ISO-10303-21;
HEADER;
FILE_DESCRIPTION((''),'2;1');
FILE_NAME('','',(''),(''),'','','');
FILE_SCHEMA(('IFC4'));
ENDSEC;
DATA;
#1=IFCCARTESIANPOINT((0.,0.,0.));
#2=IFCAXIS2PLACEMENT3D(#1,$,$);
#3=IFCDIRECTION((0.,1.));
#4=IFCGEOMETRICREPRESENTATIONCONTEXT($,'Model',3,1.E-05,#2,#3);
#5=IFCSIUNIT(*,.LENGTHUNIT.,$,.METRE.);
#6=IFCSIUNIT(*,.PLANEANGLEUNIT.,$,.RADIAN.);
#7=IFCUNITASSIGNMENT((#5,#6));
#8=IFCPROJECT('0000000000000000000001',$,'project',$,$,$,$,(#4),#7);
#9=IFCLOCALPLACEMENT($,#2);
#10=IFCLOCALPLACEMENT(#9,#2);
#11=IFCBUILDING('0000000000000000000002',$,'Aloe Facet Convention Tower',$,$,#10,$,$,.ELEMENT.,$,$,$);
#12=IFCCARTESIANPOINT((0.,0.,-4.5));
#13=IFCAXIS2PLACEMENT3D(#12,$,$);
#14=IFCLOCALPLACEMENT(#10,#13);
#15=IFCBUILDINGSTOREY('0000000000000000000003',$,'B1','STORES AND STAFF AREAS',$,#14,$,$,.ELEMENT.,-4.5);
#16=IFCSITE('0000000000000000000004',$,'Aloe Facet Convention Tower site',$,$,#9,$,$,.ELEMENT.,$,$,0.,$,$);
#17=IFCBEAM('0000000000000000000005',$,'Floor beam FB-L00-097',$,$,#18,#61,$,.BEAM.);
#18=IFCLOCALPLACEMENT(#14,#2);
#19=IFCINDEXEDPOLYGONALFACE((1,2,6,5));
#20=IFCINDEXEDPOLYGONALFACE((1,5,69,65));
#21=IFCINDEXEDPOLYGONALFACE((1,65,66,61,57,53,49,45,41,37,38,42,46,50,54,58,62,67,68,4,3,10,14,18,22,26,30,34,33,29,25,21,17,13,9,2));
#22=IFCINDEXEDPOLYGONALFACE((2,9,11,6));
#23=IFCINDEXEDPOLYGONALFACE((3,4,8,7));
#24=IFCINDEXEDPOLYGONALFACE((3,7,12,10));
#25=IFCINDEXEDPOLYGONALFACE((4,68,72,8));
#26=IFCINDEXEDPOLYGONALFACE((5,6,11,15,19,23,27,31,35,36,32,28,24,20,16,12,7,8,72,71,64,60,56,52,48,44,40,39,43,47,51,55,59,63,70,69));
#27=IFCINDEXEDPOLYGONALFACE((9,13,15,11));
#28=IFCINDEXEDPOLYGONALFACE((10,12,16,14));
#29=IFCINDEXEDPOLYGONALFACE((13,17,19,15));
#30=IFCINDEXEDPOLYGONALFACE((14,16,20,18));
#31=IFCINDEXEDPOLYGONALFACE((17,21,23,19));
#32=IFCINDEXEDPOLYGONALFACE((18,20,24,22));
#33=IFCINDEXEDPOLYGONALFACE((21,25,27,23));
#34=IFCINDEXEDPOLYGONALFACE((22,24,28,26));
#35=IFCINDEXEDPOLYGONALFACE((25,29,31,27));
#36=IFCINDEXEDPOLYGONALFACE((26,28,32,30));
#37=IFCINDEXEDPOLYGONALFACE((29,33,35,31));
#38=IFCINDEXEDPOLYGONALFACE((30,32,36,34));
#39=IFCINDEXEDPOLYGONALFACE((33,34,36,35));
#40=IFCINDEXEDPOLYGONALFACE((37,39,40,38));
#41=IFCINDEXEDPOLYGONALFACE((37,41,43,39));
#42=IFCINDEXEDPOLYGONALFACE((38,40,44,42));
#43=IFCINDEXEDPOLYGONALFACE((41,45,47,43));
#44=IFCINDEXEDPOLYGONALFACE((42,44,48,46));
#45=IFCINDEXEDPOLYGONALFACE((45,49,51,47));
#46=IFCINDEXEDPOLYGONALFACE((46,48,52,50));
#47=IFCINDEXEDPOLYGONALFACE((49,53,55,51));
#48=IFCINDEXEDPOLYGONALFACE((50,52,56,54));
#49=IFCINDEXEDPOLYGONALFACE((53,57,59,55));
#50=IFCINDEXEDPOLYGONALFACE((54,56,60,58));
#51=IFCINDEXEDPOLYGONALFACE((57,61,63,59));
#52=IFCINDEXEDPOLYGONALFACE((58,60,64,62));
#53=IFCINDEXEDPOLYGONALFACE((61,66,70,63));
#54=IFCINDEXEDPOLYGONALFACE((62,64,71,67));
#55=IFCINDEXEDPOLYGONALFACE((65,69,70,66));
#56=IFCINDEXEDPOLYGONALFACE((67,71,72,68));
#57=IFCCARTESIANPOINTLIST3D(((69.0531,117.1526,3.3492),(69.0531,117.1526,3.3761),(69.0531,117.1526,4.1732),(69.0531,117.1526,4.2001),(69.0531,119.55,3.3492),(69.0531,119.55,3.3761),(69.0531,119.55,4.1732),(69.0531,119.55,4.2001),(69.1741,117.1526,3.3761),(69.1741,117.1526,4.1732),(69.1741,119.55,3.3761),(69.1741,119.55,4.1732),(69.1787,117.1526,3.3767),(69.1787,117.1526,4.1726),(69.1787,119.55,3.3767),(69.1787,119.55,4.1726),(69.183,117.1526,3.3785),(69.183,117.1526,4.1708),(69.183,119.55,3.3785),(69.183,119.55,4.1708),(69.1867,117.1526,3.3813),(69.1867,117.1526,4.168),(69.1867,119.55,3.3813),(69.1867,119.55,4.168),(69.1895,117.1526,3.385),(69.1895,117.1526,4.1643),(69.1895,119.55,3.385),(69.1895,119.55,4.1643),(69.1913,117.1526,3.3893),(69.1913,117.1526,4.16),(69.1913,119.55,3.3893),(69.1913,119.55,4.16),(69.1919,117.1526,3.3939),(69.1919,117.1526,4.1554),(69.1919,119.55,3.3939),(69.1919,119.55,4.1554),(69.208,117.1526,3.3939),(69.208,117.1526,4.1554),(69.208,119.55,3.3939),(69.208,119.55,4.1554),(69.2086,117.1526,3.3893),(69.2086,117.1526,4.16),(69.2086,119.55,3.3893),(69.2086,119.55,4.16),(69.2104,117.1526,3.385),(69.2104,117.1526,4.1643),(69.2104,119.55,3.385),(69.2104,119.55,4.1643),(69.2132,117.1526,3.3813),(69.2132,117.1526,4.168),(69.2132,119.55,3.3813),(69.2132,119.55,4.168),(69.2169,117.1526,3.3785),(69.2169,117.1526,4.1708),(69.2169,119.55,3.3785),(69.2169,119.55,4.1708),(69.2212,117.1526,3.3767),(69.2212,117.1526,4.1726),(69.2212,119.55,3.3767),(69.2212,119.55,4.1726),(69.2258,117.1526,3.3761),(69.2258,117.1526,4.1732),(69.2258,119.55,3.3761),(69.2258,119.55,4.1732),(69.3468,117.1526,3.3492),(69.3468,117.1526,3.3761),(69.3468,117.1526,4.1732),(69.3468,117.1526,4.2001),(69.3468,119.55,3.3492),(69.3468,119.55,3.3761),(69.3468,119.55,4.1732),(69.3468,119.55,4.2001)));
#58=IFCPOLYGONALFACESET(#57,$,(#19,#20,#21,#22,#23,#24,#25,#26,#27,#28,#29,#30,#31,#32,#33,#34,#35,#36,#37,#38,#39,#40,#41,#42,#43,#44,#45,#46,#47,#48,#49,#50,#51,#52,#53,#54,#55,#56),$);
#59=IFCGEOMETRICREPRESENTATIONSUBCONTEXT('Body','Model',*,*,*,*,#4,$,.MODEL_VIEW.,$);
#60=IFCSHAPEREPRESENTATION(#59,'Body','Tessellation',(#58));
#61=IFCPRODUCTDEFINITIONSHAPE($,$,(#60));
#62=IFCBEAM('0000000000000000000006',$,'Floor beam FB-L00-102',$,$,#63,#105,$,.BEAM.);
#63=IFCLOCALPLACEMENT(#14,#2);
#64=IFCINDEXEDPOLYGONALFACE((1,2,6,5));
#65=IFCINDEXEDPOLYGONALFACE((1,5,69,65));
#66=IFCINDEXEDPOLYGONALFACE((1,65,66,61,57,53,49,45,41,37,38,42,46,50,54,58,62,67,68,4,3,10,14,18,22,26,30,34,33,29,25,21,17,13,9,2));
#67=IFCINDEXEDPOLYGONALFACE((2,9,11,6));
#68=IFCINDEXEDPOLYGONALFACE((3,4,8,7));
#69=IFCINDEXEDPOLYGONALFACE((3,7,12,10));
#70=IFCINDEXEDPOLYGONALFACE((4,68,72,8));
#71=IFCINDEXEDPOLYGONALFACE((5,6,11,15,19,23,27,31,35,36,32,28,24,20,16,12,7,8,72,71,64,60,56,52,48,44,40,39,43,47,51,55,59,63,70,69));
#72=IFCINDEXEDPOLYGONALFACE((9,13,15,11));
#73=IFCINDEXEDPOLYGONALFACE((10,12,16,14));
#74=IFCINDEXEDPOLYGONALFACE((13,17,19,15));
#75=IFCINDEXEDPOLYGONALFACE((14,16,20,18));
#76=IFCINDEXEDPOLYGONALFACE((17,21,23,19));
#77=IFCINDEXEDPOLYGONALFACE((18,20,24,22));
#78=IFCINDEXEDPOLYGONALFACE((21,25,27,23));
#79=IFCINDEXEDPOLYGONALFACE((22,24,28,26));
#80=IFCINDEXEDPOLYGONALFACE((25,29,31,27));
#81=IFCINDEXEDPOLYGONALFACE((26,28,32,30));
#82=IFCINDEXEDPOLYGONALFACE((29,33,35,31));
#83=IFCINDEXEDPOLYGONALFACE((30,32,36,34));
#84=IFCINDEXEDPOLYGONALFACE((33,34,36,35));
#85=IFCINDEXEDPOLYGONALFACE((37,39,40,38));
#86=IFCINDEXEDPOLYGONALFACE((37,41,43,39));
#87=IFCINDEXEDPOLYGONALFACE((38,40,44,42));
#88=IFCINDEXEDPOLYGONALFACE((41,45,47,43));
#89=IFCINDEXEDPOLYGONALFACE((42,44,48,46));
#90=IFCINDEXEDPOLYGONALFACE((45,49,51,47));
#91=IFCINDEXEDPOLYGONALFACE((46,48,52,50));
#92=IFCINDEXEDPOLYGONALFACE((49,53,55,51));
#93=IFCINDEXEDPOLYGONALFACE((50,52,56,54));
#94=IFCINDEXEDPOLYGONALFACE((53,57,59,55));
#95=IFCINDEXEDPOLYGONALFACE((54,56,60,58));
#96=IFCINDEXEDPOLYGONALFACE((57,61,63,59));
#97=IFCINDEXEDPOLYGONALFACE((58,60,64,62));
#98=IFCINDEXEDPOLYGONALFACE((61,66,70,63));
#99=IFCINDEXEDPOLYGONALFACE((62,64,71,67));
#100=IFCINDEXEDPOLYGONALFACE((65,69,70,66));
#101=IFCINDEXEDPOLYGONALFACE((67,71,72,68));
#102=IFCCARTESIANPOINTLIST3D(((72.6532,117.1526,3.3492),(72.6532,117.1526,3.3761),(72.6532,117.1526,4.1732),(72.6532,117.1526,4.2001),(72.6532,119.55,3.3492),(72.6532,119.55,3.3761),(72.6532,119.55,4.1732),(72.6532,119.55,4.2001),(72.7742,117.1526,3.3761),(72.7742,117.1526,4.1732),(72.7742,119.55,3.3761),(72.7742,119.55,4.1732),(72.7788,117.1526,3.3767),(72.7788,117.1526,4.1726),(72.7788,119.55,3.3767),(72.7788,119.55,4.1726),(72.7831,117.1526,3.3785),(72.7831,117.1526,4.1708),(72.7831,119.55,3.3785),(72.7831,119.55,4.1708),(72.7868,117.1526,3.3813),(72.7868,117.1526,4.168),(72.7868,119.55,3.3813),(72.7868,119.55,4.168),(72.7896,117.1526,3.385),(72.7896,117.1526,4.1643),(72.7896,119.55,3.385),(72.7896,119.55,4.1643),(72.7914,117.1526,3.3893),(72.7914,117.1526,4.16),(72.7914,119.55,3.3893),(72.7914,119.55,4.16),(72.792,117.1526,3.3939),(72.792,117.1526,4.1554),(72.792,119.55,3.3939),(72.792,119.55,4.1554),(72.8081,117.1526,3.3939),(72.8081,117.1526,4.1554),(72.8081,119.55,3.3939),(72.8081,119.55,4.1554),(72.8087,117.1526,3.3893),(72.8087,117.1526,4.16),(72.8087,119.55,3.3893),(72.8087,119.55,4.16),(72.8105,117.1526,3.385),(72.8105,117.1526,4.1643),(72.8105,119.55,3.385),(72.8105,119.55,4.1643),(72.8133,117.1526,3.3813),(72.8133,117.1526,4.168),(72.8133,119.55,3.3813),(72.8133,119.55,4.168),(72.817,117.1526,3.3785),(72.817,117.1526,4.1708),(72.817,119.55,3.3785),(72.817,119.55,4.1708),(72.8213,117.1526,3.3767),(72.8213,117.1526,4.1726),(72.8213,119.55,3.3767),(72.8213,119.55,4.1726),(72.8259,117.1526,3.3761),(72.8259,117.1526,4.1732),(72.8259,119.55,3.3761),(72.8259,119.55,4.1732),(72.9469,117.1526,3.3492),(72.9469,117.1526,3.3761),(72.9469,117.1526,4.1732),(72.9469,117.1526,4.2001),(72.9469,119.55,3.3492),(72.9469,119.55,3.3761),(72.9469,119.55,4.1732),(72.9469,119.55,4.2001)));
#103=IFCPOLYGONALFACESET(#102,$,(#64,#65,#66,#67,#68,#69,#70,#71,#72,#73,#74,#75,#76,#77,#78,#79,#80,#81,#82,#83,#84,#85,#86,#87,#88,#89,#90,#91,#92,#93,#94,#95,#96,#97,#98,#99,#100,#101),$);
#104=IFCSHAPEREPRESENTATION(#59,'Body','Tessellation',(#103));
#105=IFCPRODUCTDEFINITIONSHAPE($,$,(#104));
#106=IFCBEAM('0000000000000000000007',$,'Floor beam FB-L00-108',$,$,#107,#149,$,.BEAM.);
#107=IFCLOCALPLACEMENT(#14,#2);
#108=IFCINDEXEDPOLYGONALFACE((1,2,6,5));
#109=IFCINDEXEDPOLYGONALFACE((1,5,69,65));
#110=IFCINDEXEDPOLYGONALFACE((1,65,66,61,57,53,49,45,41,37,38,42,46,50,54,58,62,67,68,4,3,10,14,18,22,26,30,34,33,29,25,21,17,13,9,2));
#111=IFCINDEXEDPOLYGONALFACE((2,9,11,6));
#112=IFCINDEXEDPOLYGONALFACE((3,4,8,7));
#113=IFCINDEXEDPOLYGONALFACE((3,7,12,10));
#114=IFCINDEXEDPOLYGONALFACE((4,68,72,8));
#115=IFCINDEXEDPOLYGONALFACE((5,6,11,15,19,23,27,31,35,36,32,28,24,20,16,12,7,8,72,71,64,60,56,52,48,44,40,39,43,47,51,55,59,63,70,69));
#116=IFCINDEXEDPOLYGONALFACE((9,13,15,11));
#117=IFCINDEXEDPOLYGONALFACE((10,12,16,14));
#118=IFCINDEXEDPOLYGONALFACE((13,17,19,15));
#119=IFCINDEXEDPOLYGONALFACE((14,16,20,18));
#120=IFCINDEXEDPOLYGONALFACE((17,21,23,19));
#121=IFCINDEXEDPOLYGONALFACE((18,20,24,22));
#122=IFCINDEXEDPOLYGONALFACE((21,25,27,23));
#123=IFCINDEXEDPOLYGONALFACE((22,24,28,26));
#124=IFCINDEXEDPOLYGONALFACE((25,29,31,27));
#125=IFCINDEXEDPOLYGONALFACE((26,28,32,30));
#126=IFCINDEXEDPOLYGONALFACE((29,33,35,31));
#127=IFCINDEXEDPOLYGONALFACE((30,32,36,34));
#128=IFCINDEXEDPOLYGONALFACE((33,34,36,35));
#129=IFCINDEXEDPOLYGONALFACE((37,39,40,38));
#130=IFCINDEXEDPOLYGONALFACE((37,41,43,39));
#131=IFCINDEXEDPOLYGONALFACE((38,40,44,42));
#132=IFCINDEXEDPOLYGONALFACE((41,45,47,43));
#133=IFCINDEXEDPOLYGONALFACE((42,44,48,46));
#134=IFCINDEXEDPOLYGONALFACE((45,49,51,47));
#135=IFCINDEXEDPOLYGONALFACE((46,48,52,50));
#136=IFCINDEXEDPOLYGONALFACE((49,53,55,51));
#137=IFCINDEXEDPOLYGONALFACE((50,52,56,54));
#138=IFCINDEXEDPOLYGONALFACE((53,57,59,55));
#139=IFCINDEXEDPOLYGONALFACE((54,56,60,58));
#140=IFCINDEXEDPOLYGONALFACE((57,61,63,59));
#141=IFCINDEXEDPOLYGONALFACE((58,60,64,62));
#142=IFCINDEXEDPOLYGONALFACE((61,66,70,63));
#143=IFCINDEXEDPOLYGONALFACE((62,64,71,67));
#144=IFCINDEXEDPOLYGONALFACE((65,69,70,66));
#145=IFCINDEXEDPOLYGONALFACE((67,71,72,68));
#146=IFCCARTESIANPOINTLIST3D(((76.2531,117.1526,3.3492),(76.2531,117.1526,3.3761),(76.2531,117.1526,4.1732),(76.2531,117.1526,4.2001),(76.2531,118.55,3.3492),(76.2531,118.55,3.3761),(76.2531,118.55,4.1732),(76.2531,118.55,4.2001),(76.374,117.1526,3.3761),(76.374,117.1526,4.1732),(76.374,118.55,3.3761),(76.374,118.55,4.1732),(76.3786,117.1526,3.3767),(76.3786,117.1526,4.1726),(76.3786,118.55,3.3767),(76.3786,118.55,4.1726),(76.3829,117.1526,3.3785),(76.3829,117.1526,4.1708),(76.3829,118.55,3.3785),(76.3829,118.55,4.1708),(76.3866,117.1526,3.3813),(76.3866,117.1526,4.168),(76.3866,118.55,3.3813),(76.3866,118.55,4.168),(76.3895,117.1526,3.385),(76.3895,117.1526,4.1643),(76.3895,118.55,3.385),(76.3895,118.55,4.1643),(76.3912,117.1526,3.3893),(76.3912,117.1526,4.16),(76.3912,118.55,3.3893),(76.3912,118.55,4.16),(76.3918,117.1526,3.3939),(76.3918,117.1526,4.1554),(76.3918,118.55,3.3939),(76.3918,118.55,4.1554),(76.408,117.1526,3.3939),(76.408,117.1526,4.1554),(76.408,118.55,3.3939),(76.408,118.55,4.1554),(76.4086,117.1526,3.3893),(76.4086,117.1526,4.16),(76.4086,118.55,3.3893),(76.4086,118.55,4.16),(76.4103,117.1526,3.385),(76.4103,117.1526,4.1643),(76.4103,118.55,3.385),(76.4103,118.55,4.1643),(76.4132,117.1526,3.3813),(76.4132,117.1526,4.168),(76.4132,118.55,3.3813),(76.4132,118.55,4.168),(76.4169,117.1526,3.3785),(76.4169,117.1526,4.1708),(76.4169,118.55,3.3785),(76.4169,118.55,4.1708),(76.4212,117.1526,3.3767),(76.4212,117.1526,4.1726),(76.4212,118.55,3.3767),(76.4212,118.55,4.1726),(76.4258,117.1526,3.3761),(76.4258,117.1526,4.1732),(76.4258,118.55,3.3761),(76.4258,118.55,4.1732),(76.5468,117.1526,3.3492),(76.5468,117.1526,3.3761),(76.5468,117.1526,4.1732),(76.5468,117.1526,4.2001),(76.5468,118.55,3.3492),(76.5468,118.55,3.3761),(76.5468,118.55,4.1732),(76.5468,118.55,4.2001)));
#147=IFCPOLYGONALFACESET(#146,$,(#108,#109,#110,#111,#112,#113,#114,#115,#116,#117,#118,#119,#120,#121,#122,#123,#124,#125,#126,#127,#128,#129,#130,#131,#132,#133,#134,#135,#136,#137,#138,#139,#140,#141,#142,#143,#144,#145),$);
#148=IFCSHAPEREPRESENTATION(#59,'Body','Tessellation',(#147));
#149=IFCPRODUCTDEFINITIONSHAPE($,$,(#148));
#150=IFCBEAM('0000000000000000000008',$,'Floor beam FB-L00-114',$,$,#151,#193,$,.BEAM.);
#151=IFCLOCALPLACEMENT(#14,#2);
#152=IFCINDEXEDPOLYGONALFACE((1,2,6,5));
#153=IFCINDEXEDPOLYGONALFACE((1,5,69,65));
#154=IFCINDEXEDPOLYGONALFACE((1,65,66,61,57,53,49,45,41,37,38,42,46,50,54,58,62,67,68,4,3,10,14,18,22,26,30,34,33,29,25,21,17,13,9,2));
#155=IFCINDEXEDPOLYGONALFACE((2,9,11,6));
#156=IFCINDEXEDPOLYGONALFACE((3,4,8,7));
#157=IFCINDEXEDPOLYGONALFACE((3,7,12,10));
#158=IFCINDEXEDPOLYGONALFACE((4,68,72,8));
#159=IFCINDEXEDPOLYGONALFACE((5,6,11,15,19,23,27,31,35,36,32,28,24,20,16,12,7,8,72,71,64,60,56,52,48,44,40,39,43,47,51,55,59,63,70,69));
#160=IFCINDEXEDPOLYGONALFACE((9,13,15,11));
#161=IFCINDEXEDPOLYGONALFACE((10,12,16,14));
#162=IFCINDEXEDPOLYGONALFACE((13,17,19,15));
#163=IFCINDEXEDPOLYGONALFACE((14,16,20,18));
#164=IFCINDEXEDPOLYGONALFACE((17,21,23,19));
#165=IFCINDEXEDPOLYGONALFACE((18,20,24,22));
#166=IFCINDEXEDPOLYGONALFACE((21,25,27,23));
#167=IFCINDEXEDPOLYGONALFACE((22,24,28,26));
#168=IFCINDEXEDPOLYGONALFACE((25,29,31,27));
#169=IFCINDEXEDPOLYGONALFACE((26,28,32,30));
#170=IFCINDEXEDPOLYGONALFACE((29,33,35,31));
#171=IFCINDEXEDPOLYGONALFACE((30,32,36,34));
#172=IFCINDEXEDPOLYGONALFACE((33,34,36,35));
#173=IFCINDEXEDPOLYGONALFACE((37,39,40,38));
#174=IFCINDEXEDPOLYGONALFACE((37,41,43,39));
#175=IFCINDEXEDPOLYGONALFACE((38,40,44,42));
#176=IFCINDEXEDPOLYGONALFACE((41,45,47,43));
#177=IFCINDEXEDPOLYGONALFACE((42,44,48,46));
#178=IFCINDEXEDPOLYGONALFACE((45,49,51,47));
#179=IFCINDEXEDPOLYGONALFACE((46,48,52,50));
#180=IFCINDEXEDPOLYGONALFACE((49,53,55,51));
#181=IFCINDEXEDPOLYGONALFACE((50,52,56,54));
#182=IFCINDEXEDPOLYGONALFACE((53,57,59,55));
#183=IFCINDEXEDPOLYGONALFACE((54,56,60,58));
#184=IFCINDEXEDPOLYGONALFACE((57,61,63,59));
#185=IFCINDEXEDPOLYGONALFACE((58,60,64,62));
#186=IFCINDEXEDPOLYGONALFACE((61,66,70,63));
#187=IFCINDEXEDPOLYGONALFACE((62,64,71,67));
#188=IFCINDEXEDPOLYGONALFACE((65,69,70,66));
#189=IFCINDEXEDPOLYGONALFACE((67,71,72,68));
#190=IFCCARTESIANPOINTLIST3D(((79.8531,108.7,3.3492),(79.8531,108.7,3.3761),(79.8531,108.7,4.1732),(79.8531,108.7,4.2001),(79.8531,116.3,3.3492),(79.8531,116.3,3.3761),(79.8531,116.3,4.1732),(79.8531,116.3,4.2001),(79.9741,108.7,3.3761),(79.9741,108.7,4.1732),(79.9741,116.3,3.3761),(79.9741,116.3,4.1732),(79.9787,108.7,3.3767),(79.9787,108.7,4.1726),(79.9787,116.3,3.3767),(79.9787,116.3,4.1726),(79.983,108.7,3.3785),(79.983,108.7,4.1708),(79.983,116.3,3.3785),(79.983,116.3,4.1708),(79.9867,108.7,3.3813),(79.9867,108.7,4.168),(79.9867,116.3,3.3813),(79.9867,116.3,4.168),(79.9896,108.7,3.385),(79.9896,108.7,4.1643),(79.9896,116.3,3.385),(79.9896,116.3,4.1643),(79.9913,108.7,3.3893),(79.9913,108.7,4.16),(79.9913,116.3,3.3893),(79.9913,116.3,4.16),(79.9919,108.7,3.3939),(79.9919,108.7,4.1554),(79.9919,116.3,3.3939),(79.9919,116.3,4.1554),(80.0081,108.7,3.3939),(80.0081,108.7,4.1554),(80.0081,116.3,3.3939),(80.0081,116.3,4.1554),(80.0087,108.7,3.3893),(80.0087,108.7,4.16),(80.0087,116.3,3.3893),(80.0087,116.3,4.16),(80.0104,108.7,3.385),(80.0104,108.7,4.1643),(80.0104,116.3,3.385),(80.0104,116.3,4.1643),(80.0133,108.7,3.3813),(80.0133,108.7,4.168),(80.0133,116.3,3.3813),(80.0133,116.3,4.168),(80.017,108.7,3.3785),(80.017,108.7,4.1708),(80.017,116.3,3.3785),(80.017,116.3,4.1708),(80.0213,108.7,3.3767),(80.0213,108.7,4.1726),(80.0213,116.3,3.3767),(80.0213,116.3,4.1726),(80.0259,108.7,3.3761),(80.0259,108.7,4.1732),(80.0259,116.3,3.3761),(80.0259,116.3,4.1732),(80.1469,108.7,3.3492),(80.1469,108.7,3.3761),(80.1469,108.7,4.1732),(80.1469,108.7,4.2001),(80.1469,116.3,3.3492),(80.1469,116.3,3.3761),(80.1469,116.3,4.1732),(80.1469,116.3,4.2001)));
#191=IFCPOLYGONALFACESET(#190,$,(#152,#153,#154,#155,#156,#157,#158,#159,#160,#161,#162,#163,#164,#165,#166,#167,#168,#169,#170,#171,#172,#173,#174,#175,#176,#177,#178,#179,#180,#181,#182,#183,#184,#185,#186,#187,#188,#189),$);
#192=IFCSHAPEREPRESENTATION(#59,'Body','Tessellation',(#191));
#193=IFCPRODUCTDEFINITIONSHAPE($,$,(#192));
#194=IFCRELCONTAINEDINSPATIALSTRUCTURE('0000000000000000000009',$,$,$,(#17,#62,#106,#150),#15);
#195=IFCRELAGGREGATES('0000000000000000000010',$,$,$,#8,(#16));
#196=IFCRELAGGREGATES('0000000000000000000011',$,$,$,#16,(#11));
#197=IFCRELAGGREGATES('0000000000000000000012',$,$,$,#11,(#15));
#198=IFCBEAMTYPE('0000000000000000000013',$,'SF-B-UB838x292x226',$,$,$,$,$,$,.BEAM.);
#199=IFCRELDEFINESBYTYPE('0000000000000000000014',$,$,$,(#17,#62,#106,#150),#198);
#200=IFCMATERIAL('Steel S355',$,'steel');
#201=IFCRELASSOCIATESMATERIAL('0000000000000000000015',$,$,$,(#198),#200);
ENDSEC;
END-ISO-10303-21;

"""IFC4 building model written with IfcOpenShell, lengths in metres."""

from ifc_helpers import new_model, si_unit, direction, frame, origin, origin_2d, place, context, subcontext, project, spatial, i_section, extrude, material, material_profile, profile_set, type_object, element, save


model = new_model("IFC4")

# Units and contexts
model_context = context("Model", 3, precision=1e-05, world=origin(), true_north=direction((0.0, 1.0)))
body_context = subcontext(model_context, "Body", "Model", "MODEL_VIEW")
ifc_project = project(units=[si_unit("LENGTHUNIT", "METRE"), si_unit("PLANEANGLEUNIT", "RADIAN")], contexts=[model_context])

# Site, building, storey
site_placement = place(None, origin())
site = spatial("IfcSite", under=ifc_project, at=site_placement, Name="Aloe Facet Convention Tower site", CompositionType="ELEMENT", RefElevation=0.0)
building_placement = place(site_placement, origin())
building = spatial("IfcBuilding", under=site, at=building_placement, Name="Aloe Facet Convention Tower", CompositionType="ELEMENT")
storey_placement = place(building_placement, frame((0.0, 0.0, -4.5)))
storey = spatial("IfcBuildingStorey", under=building, at=storey_placement, Name="B1", Description="STORES AND STAFF AREAS", CompositionType="ELEMENT", Elevation=-4.5)

# Beams
ifc_material_1 = material(Name="Steel S355", Category="steel")
ifc_material_profile_1 = material_profile(ifc_material_1, i_section(OverallWidth=0.2937, OverallDepth=0.8508, WebThickness=0.0161, FlangeThickness=0.0269, FilletRadius=0.0178, at=origin_2d()), Name="UB 838x292x226")
ifc_profile_set_1 = profile_set([ifc_material_profile_1], Name="Steel S355")
beam_type_1 = type_object("IfcBeamType", Name="SF-B-UB838x292x226", PredefinedType="BEAM", material=ifc_profile_set_1)
for number, where, z_axis, x_axis, name in (
    (1, (69.2, 117.1526, 3.7747), (0.0, 1.0, 0.0), (-1.0, 0.0, 0.0), "Floor beam FB-L00-097"),
    (2, (72.8, 117.1526, 3.7747), (0.0, 1.0, 0.0), (-1.0, 0.0, 0.0), "Floor beam FB-L00-102"),
):
    element("IfcBeam", number, at=place(storey_placement, frame(where, z_axis=z_axis, x_axis=x_axis)), inside=storey, type_object=beam_type_1, Name=name, PredefinedType="BEAM", context=body_context, shape_type="SweptSolid", body=[
        extrude(i_section(OverallWidth=0.2937, OverallDepth=0.8508, WebThickness=0.0161, FlangeThickness=0.0269, FilletRadius=0.0178, at=origin_2d()), origin(), (0.0, 0.0, 1.0), 2.3975),
    ])
beam_1_placement = place(storey_placement, frame((76.3999, 117.1526, 3.7747), z_axis=(0.0, 1.0, 0.0), x_axis=(-1.0, 0.0, 0.0)))
element("IfcBeam", 3, at=beam_1_placement, inside=storey, type_object=beam_type_1, Name="Floor beam FB-L00-108", PredefinedType="BEAM", context=body_context, shape_type="SweptSolid", body=[
    extrude(i_section(OverallWidth=0.2937, OverallDepth=0.8508, WebThickness=0.0161, FlangeThickness=0.0269, FilletRadius=0.0178, at=origin_2d()), origin(), (0.0, 0.0, 1.0), 1.3975),
])
beam_2_placement = place(storey_placement, frame((80.0, 108.7, 3.7747), z_axis=(0.0, 1.0, 0.0), x_axis=(-1.0, 0.0, 0.0)))
element("IfcBeam", 4, at=beam_2_placement, inside=storey, type_object=beam_type_1, Name="Floor beam FB-L00-114", PredefinedType="BEAM", context=body_context, shape_type="SweptSolid", body=[
    extrude(i_section(OverallWidth=0.2937, OverallDepth=0.8508, WebThickness=0.0161, FlangeThickness=0.0269, FilletRadius=0.0178, at=origin_2d()), origin(), (0.0, 0.0, 1.0), 7.6001),
])

save(model, "model.ifc")
